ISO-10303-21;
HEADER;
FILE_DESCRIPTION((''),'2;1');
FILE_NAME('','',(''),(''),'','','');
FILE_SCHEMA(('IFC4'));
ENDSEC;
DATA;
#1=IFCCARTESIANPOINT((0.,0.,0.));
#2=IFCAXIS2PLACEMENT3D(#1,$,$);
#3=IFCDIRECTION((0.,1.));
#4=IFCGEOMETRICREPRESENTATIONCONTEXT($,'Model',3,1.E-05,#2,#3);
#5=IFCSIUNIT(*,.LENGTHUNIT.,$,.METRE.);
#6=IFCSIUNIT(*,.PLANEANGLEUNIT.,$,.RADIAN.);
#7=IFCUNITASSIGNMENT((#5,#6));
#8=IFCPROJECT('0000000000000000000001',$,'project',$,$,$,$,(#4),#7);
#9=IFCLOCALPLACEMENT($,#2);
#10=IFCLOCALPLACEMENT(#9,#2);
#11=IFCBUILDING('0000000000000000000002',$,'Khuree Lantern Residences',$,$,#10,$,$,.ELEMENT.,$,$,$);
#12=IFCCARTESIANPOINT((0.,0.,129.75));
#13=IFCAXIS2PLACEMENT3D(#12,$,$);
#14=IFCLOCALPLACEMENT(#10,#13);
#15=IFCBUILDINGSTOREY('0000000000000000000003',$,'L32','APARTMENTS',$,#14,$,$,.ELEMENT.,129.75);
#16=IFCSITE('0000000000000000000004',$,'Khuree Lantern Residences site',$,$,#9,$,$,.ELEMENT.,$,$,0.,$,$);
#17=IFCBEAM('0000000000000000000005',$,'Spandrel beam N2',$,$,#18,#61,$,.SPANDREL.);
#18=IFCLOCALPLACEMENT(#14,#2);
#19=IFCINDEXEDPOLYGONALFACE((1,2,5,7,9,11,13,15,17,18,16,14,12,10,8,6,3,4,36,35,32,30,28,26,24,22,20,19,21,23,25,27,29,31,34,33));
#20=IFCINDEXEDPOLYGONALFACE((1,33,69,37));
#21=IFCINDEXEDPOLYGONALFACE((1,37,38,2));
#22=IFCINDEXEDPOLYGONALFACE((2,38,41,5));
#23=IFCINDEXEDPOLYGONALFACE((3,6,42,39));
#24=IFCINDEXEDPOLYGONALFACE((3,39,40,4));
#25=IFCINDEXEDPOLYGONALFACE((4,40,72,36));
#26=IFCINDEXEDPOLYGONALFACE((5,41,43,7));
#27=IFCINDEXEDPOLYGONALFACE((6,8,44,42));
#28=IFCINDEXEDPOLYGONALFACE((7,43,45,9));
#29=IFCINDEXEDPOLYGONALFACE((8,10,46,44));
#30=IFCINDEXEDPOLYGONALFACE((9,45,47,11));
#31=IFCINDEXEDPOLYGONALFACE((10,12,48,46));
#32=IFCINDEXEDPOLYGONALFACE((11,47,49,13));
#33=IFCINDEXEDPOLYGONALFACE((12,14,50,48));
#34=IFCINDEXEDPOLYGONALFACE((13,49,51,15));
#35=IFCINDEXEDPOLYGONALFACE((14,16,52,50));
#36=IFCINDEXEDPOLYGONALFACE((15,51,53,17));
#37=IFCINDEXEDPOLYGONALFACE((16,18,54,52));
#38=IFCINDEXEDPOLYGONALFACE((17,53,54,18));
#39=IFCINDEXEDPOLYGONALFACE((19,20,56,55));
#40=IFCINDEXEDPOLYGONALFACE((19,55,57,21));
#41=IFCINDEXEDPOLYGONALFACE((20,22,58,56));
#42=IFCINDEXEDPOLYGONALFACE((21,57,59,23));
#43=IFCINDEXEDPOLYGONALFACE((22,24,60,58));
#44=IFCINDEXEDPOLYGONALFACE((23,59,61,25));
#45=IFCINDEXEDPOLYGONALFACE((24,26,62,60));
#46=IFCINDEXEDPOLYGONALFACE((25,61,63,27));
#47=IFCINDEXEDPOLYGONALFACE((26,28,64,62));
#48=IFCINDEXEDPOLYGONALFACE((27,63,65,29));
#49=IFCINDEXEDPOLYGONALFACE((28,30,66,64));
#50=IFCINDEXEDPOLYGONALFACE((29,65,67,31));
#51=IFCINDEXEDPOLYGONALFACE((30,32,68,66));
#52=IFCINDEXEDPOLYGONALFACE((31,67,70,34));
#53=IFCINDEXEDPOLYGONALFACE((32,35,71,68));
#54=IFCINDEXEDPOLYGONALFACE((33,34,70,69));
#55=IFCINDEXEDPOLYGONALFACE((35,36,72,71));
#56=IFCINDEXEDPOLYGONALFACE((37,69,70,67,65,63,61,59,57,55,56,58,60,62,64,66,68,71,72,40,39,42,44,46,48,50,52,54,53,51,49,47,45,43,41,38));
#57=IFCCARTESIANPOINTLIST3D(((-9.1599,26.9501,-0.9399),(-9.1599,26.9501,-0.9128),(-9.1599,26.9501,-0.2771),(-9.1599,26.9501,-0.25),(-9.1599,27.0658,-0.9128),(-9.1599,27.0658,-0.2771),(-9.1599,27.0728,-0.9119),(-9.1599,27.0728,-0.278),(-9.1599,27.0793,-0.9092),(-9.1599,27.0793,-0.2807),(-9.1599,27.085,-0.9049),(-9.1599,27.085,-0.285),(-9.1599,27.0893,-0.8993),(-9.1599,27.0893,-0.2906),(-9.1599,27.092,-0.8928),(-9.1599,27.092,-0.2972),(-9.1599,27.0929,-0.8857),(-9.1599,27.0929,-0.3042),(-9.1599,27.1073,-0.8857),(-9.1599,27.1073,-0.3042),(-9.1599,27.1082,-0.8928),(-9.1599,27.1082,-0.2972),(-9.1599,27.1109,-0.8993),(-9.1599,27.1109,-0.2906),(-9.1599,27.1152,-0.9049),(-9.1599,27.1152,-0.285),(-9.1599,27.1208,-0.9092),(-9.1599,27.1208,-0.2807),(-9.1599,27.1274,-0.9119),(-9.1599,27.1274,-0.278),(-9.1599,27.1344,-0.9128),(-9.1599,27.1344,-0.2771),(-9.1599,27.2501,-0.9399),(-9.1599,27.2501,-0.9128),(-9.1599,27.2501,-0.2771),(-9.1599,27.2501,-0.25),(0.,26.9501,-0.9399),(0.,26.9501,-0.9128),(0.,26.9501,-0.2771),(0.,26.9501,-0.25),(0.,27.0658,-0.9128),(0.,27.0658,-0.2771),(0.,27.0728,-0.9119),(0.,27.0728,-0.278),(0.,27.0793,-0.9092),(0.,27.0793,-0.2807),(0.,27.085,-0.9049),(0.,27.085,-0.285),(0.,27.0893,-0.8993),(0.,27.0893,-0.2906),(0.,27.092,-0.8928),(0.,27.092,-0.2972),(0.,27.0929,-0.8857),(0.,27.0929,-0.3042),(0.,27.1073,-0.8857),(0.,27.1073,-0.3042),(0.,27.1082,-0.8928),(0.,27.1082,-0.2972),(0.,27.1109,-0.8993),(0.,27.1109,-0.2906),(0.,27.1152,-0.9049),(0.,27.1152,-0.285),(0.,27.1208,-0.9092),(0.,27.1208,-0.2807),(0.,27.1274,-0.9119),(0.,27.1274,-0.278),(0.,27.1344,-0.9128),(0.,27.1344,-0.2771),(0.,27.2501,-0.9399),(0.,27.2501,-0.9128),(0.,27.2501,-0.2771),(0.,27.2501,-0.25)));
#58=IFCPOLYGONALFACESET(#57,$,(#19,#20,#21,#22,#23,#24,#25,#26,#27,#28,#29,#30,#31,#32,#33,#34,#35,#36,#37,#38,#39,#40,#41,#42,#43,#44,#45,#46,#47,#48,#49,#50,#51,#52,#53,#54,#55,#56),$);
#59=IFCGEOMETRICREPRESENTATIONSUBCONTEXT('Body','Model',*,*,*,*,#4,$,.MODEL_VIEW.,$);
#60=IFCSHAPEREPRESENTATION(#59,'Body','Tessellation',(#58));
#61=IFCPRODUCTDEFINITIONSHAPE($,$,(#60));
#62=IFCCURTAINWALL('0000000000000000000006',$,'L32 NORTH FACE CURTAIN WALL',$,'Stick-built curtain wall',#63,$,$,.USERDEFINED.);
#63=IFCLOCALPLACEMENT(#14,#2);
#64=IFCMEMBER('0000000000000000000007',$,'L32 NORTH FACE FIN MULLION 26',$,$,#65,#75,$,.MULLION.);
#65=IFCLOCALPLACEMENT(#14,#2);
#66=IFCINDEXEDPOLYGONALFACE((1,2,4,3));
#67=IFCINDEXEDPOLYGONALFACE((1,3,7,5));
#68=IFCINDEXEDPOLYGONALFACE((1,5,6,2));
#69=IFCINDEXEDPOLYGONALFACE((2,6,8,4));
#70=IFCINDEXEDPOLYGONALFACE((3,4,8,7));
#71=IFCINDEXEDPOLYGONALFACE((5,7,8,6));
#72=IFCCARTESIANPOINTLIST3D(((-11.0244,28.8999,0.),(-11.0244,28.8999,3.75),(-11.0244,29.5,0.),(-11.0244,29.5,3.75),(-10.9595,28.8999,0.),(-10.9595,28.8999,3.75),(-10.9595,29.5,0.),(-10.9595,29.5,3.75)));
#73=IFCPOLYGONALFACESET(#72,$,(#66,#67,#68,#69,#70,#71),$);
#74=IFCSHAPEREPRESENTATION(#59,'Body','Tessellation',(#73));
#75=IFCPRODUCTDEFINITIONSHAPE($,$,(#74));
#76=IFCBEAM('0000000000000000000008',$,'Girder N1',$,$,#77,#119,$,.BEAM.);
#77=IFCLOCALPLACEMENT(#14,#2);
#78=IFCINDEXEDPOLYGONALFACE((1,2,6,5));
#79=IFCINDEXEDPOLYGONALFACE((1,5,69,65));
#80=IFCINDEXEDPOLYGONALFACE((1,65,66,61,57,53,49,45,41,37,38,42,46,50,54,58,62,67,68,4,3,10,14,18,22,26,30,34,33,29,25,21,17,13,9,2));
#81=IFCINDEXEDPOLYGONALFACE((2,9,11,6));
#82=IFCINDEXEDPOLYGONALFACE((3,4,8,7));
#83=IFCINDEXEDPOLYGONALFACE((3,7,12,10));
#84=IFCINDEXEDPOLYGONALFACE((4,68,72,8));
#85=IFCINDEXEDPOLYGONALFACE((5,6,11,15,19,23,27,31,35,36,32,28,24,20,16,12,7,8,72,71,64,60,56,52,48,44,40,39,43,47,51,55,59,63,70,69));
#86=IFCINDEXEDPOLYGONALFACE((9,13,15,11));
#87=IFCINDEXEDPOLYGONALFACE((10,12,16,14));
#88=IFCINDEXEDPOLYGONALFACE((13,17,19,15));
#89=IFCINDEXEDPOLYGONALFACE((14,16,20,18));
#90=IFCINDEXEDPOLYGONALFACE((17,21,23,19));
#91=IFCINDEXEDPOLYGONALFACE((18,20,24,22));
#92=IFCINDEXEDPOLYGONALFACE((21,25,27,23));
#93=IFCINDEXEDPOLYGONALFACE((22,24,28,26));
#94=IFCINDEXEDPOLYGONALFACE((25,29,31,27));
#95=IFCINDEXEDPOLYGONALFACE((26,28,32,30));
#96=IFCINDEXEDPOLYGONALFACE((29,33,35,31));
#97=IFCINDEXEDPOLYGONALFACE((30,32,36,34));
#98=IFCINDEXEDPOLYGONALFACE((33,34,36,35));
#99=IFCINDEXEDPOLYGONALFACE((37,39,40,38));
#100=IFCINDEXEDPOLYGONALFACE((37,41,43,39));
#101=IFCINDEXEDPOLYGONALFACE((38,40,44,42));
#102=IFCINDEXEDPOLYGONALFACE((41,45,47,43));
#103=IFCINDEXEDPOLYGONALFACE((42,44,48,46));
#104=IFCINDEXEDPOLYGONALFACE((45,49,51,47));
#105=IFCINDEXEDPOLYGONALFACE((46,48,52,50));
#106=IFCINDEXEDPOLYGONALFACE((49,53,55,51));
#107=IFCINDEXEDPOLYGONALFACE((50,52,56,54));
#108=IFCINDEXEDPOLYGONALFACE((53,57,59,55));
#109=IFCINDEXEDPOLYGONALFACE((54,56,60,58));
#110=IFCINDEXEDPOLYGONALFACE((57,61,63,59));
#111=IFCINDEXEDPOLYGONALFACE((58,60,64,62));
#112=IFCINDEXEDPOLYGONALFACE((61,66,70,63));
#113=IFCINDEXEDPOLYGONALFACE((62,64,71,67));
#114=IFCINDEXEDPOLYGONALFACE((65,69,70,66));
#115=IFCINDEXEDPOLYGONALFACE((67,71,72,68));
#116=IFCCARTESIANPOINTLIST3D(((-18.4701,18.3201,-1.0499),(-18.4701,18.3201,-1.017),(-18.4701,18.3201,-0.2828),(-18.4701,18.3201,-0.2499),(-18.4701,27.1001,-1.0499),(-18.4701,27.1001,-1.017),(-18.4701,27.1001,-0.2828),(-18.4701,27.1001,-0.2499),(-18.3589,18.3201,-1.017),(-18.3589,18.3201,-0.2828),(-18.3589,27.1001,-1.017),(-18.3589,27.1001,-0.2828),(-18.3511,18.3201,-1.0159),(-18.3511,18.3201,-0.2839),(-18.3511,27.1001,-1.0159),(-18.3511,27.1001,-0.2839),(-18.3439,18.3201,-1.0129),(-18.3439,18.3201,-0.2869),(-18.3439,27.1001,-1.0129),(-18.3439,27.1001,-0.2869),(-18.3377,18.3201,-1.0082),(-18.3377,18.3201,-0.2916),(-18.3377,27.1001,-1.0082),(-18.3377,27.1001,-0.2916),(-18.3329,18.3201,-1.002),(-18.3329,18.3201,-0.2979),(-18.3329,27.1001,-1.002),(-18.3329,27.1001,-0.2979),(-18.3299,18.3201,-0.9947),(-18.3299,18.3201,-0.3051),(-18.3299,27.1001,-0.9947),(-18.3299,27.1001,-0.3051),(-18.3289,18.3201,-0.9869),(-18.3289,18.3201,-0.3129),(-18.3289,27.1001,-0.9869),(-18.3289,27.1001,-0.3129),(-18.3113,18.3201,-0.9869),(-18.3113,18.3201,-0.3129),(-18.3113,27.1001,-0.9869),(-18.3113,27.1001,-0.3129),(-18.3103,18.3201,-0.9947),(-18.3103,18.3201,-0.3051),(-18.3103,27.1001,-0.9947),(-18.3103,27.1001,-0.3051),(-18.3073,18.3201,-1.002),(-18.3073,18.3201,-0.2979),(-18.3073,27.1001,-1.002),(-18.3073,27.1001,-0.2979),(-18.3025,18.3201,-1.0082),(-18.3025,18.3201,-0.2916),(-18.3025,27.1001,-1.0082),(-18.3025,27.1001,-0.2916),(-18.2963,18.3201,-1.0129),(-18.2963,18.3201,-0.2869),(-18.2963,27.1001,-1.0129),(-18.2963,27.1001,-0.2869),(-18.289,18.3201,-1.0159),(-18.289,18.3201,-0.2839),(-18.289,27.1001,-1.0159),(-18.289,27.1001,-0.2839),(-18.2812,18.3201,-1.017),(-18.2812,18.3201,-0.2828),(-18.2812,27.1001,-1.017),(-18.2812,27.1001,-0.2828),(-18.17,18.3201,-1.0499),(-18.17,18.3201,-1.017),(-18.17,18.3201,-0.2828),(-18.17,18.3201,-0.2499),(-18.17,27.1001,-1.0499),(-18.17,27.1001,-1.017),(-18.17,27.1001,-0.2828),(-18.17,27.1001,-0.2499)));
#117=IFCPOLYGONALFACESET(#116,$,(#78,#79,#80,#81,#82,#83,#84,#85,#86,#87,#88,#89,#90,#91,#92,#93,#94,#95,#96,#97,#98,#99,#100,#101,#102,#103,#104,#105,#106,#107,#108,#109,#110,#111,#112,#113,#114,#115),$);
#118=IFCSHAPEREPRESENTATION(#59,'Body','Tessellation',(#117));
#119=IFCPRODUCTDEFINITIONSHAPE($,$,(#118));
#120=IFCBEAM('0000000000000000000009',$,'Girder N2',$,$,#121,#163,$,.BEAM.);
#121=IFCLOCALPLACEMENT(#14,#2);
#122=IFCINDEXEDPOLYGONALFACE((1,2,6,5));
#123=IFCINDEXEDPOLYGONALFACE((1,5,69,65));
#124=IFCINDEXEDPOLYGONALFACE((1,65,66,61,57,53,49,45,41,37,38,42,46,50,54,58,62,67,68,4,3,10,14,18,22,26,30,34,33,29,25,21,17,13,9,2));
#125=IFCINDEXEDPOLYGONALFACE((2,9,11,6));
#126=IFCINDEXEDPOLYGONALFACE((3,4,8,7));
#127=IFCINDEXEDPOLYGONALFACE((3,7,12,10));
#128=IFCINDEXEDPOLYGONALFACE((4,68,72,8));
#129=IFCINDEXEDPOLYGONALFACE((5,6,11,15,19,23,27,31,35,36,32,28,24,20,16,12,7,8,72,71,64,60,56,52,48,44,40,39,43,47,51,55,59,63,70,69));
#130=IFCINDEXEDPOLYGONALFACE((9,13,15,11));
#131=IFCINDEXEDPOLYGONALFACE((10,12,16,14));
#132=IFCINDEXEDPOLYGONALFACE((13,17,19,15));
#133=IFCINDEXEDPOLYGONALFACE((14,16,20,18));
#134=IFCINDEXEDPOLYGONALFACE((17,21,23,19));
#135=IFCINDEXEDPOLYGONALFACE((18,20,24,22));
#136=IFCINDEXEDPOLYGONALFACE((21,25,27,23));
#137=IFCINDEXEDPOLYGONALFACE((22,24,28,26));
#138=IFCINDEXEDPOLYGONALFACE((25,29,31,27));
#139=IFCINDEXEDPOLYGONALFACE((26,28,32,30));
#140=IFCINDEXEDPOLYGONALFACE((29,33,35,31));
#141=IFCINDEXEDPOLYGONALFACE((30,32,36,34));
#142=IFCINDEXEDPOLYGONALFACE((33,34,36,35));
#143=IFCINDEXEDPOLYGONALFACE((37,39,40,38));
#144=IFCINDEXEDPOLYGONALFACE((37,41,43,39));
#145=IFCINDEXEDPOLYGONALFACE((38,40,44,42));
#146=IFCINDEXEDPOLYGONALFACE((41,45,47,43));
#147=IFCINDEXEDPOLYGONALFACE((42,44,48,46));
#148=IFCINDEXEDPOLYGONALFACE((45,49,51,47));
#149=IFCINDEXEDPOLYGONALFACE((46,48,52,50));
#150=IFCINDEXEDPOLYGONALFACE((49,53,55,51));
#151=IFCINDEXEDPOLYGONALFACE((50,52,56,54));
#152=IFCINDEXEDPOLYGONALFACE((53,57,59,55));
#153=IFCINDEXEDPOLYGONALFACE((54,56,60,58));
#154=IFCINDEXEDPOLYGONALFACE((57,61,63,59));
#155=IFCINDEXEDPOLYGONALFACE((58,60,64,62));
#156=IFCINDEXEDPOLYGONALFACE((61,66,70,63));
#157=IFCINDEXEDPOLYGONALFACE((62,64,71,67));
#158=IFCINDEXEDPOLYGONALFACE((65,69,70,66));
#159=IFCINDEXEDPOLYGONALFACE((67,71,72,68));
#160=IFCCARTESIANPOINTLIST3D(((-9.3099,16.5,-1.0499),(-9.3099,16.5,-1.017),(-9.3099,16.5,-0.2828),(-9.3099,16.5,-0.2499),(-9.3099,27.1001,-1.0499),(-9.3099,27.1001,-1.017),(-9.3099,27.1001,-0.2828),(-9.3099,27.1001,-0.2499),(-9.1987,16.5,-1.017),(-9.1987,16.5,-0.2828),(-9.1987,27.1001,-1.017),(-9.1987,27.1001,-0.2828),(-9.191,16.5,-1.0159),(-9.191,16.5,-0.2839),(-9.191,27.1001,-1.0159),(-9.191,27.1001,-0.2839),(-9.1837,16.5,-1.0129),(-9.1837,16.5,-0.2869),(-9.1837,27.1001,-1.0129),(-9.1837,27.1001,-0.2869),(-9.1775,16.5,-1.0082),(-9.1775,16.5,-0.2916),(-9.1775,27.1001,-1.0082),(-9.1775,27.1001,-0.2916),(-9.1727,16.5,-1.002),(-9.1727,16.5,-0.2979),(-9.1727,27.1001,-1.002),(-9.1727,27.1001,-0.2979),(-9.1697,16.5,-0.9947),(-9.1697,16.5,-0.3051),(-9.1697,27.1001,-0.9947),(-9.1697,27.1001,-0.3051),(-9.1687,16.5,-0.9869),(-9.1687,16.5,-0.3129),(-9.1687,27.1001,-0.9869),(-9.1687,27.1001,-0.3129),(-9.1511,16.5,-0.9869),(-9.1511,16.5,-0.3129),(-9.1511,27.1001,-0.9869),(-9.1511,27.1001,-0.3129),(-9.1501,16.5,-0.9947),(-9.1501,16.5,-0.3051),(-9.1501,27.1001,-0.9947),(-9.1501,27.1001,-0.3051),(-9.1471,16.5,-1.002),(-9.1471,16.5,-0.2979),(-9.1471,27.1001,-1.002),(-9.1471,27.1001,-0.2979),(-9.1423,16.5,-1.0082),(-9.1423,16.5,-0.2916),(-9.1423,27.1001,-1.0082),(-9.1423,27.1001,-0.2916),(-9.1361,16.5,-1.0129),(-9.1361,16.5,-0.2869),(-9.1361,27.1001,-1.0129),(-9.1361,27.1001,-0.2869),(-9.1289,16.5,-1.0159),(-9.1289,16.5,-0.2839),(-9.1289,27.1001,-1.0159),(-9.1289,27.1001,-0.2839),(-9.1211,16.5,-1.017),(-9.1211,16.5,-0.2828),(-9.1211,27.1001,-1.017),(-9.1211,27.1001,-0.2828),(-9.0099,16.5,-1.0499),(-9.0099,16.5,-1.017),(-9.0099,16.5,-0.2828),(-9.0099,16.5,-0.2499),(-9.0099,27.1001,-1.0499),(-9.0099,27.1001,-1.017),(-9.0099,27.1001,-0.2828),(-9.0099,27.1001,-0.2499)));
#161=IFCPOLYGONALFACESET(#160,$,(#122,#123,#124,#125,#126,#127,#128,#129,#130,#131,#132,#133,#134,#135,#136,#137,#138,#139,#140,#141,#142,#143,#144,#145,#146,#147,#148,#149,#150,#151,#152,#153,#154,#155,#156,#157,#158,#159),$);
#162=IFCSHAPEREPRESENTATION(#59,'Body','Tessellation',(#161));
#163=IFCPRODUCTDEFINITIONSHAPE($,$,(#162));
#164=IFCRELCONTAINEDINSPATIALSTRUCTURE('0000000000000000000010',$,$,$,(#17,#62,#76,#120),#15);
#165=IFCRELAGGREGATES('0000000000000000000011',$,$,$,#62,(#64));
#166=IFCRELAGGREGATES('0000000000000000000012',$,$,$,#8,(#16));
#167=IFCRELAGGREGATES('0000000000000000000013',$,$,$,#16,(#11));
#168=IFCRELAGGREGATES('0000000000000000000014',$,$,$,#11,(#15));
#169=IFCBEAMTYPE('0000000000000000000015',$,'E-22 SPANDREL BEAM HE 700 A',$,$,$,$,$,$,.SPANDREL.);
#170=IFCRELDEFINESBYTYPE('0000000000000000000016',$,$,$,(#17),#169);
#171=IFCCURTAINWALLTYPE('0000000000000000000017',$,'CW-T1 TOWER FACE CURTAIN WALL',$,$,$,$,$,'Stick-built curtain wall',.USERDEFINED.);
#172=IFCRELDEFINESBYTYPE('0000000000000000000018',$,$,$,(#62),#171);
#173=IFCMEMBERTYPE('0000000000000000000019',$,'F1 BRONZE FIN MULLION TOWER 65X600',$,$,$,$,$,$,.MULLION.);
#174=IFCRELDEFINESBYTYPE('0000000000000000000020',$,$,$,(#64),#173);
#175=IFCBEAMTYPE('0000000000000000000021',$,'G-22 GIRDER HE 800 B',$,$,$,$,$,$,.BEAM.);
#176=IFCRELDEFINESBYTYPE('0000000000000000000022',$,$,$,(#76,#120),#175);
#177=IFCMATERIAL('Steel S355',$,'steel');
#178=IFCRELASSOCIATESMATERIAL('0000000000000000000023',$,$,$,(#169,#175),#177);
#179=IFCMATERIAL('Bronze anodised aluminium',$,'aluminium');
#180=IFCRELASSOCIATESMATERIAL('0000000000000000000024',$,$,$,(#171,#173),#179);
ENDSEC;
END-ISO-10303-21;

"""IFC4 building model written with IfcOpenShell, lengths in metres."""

from ifc_helpers import new_model, si_unit, direction, frame, origin, origin_2d, place, context, subcontext, project, spatial, rectangle, i_section, extrude, material, material_profile, profile_set, type_object, element, aggregate, save


model = new_model("IFC4")

# Units and contexts
model_context = context("Model", 3, precision=1e-05, world=origin(), true_north=direction((0.0, 1.0)))
body_context = subcontext(model_context, "Body", "Model", "MODEL_VIEW")
ifc_project = project(units=[si_unit("LENGTHUNIT", "METRE"), si_unit("PLANEANGLEUNIT", "RADIAN")], contexts=[model_context])

# Site, building, storey
site_placement = place(None, origin())
site = spatial("IfcSite", under=ifc_project, at=site_placement, Name="Khuree Lantern Residences site", CompositionType="ELEMENT", RefElevation=0.0)
building_placement = place(site_placement, origin())
building = spatial("IfcBuilding", under=site, at=building_placement, Name="Khuree Lantern Residences", CompositionType="ELEMENT")
storey_placement = place(building_placement, frame((0.0, 0.0, 129.75)))
storey = spatial("IfcBuildingStorey", under=building, at=storey_placement, Name="L32", Description="APARTMENTS", CompositionType="ELEMENT", Elevation=129.75)

# Beam
ifc_material_1 = material(Name="Steel S355", Category="steel")
ifc_material_profile_1 = material_profile(ifc_material_1, i_section(OverallWidth=0.3, OverallDepth=0.6899, WebThickness=0.0144, FlangeThickness=0.0271, FilletRadius=0.0271, at=origin_2d()), Name="HE 700 A")
ifc_profile_set_1 = profile_set([ifc_material_profile_1], Name="Steel S355")
beam_type_1 = type_object("IfcBeamType", Name="E-22 SPANDREL BEAM HE 700 A", PredefinedType="SPANDREL", material=ifc_profile_set_1)
beam_1_placement = place(storey_placement, frame((-9.1599, 27.1001, -0.595), z_axis=(1.0, 0.0, 0.0), x_axis=(0.0, 1.0, 0.0)))
element("IfcBeam", 1, at=beam_1_placement, inside=storey, type_object=beam_type_1, Name="Spandrel beam N2", PredefinedType="SPANDREL", context=body_context, shape_type="SweptSolid", body=[
    extrude(i_section(OverallWidth=0.3, OverallDepth=0.6899, WebThickness=0.0144, FlangeThickness=0.0271, FilletRadius=0.0271, at=origin_2d()), origin(), (0.0, 0.0, 1.0), 9.1599),
])

# Curtain wall, member
ifc_material_2 = material(Name="Bronze anodised aluminium", Category="aluminium")
curtain_wall_type = type_object("IfcCurtainWallType", Name="CW-T1 TOWER FACE CURTAIN WALL", ElementType="Stick-built curtain wall", PredefinedType="USERDEFINED", material=ifc_material_2)
curtain_wall_placement = place(storey_placement, origin())
curtain_wall = element("IfcCurtainWall", 2, at=curtain_wall_placement, inside=storey, type_object=curtain_wall_type, Name="L32 NORTH FACE CURTAIN WALL", ObjectType="Stick-built curtain wall", PredefinedType="USERDEFINED")
ifc_material_profile_2 = material_profile(ifc_material_2, rectangle(XDim=0.0649, YDim=0.6001, at=origin_2d()), Name="F1 65X600")
ifc_profile_set_2 = profile_set([ifc_material_profile_2], Name="Bronze anodised aluminium")
member_type_1 = type_object("IfcMemberType", Name="F1 BRONZE FIN MULLION TOWER 65X600", PredefinedType="MULLION", material=ifc_profile_set_2)
member_1_placement = place(storey_placement, frame((-10.9919, 29.2, 0.0), z_axis=(0.0, 0.0, 1.0), x_axis=(-1.0, 0.0, 0.0)))
member_1 = element("IfcMember", 3, at=member_1_placement, type_object=member_type_1, Name="L32 NORTH FACE FIN MULLION 26", PredefinedType="MULLION", context=body_context, shape_type="SweptSolid", body=[
    extrude(rectangle(XDim=0.0649, YDim=0.6001, at=origin_2d()), origin(), (0.0, 0.0, 1.0), 3.75),
])

# Beams
ifc_material_profile_3 = material_profile(ifc_material_1, i_section(OverallWidth=0.3, OverallDepth=0.8, WebThickness=0.0176, FlangeThickness=0.033, FilletRadius=0.03, at=origin_2d()), Name="HE 800 B")
ifc_profile_set_3 = profile_set([ifc_material_profile_3], Name="Steel S355")
beam_type_2 = type_object("IfcBeamType", Name="G-22 GIRDER HE 800 B", PredefinedType="BEAM", material=ifc_profile_set_3)
beam_2_placement = place(storey_placement, frame((-18.3201, 27.1001, -0.6499), z_axis=(0.0, -1.0, 0.0), x_axis=(1.0, 0.0, 0.0)))
element("IfcBeam", 4, at=beam_2_placement, inside=storey, type_object=beam_type_2, Name="Girder N1", PredefinedType="BEAM", context=body_context, shape_type="SweptSolid", body=[
    extrude(i_section(OverallWidth=0.3, OverallDepth=0.8, WebThickness=0.0176, FlangeThickness=0.033, FilletRadius=0.03, at=origin_2d()), origin(), (0.0, 0.0, 1.0), 8.78),
])
for number, where, z_axis, x_axis, name in (
    (5, (-9.1599, 27.1001, -0.6499), (0.0, -1.0, 0.0), (1.0, 0.0, 0.0), "Girder N2"),
):
    element("IfcBeam", number, at=place(storey_placement, frame(where, z_axis=z_axis, x_axis=x_axis)), inside=storey, type_object=beam_type_2, Name=name, PredefinedType="BEAM", context=body_context, shape_type="SweptSolid", body=[
        extrude(i_section(OverallWidth=0.3, OverallDepth=0.8, WebThickness=0.0176, FlangeThickness=0.033, FilletRadius=0.03, at=origin_2d()), origin(), (0.0, 0.0, 1.0), 10.6001),
    ])

aggregate(curtain_wall, [member_1])

save(model, "model.ifc")
